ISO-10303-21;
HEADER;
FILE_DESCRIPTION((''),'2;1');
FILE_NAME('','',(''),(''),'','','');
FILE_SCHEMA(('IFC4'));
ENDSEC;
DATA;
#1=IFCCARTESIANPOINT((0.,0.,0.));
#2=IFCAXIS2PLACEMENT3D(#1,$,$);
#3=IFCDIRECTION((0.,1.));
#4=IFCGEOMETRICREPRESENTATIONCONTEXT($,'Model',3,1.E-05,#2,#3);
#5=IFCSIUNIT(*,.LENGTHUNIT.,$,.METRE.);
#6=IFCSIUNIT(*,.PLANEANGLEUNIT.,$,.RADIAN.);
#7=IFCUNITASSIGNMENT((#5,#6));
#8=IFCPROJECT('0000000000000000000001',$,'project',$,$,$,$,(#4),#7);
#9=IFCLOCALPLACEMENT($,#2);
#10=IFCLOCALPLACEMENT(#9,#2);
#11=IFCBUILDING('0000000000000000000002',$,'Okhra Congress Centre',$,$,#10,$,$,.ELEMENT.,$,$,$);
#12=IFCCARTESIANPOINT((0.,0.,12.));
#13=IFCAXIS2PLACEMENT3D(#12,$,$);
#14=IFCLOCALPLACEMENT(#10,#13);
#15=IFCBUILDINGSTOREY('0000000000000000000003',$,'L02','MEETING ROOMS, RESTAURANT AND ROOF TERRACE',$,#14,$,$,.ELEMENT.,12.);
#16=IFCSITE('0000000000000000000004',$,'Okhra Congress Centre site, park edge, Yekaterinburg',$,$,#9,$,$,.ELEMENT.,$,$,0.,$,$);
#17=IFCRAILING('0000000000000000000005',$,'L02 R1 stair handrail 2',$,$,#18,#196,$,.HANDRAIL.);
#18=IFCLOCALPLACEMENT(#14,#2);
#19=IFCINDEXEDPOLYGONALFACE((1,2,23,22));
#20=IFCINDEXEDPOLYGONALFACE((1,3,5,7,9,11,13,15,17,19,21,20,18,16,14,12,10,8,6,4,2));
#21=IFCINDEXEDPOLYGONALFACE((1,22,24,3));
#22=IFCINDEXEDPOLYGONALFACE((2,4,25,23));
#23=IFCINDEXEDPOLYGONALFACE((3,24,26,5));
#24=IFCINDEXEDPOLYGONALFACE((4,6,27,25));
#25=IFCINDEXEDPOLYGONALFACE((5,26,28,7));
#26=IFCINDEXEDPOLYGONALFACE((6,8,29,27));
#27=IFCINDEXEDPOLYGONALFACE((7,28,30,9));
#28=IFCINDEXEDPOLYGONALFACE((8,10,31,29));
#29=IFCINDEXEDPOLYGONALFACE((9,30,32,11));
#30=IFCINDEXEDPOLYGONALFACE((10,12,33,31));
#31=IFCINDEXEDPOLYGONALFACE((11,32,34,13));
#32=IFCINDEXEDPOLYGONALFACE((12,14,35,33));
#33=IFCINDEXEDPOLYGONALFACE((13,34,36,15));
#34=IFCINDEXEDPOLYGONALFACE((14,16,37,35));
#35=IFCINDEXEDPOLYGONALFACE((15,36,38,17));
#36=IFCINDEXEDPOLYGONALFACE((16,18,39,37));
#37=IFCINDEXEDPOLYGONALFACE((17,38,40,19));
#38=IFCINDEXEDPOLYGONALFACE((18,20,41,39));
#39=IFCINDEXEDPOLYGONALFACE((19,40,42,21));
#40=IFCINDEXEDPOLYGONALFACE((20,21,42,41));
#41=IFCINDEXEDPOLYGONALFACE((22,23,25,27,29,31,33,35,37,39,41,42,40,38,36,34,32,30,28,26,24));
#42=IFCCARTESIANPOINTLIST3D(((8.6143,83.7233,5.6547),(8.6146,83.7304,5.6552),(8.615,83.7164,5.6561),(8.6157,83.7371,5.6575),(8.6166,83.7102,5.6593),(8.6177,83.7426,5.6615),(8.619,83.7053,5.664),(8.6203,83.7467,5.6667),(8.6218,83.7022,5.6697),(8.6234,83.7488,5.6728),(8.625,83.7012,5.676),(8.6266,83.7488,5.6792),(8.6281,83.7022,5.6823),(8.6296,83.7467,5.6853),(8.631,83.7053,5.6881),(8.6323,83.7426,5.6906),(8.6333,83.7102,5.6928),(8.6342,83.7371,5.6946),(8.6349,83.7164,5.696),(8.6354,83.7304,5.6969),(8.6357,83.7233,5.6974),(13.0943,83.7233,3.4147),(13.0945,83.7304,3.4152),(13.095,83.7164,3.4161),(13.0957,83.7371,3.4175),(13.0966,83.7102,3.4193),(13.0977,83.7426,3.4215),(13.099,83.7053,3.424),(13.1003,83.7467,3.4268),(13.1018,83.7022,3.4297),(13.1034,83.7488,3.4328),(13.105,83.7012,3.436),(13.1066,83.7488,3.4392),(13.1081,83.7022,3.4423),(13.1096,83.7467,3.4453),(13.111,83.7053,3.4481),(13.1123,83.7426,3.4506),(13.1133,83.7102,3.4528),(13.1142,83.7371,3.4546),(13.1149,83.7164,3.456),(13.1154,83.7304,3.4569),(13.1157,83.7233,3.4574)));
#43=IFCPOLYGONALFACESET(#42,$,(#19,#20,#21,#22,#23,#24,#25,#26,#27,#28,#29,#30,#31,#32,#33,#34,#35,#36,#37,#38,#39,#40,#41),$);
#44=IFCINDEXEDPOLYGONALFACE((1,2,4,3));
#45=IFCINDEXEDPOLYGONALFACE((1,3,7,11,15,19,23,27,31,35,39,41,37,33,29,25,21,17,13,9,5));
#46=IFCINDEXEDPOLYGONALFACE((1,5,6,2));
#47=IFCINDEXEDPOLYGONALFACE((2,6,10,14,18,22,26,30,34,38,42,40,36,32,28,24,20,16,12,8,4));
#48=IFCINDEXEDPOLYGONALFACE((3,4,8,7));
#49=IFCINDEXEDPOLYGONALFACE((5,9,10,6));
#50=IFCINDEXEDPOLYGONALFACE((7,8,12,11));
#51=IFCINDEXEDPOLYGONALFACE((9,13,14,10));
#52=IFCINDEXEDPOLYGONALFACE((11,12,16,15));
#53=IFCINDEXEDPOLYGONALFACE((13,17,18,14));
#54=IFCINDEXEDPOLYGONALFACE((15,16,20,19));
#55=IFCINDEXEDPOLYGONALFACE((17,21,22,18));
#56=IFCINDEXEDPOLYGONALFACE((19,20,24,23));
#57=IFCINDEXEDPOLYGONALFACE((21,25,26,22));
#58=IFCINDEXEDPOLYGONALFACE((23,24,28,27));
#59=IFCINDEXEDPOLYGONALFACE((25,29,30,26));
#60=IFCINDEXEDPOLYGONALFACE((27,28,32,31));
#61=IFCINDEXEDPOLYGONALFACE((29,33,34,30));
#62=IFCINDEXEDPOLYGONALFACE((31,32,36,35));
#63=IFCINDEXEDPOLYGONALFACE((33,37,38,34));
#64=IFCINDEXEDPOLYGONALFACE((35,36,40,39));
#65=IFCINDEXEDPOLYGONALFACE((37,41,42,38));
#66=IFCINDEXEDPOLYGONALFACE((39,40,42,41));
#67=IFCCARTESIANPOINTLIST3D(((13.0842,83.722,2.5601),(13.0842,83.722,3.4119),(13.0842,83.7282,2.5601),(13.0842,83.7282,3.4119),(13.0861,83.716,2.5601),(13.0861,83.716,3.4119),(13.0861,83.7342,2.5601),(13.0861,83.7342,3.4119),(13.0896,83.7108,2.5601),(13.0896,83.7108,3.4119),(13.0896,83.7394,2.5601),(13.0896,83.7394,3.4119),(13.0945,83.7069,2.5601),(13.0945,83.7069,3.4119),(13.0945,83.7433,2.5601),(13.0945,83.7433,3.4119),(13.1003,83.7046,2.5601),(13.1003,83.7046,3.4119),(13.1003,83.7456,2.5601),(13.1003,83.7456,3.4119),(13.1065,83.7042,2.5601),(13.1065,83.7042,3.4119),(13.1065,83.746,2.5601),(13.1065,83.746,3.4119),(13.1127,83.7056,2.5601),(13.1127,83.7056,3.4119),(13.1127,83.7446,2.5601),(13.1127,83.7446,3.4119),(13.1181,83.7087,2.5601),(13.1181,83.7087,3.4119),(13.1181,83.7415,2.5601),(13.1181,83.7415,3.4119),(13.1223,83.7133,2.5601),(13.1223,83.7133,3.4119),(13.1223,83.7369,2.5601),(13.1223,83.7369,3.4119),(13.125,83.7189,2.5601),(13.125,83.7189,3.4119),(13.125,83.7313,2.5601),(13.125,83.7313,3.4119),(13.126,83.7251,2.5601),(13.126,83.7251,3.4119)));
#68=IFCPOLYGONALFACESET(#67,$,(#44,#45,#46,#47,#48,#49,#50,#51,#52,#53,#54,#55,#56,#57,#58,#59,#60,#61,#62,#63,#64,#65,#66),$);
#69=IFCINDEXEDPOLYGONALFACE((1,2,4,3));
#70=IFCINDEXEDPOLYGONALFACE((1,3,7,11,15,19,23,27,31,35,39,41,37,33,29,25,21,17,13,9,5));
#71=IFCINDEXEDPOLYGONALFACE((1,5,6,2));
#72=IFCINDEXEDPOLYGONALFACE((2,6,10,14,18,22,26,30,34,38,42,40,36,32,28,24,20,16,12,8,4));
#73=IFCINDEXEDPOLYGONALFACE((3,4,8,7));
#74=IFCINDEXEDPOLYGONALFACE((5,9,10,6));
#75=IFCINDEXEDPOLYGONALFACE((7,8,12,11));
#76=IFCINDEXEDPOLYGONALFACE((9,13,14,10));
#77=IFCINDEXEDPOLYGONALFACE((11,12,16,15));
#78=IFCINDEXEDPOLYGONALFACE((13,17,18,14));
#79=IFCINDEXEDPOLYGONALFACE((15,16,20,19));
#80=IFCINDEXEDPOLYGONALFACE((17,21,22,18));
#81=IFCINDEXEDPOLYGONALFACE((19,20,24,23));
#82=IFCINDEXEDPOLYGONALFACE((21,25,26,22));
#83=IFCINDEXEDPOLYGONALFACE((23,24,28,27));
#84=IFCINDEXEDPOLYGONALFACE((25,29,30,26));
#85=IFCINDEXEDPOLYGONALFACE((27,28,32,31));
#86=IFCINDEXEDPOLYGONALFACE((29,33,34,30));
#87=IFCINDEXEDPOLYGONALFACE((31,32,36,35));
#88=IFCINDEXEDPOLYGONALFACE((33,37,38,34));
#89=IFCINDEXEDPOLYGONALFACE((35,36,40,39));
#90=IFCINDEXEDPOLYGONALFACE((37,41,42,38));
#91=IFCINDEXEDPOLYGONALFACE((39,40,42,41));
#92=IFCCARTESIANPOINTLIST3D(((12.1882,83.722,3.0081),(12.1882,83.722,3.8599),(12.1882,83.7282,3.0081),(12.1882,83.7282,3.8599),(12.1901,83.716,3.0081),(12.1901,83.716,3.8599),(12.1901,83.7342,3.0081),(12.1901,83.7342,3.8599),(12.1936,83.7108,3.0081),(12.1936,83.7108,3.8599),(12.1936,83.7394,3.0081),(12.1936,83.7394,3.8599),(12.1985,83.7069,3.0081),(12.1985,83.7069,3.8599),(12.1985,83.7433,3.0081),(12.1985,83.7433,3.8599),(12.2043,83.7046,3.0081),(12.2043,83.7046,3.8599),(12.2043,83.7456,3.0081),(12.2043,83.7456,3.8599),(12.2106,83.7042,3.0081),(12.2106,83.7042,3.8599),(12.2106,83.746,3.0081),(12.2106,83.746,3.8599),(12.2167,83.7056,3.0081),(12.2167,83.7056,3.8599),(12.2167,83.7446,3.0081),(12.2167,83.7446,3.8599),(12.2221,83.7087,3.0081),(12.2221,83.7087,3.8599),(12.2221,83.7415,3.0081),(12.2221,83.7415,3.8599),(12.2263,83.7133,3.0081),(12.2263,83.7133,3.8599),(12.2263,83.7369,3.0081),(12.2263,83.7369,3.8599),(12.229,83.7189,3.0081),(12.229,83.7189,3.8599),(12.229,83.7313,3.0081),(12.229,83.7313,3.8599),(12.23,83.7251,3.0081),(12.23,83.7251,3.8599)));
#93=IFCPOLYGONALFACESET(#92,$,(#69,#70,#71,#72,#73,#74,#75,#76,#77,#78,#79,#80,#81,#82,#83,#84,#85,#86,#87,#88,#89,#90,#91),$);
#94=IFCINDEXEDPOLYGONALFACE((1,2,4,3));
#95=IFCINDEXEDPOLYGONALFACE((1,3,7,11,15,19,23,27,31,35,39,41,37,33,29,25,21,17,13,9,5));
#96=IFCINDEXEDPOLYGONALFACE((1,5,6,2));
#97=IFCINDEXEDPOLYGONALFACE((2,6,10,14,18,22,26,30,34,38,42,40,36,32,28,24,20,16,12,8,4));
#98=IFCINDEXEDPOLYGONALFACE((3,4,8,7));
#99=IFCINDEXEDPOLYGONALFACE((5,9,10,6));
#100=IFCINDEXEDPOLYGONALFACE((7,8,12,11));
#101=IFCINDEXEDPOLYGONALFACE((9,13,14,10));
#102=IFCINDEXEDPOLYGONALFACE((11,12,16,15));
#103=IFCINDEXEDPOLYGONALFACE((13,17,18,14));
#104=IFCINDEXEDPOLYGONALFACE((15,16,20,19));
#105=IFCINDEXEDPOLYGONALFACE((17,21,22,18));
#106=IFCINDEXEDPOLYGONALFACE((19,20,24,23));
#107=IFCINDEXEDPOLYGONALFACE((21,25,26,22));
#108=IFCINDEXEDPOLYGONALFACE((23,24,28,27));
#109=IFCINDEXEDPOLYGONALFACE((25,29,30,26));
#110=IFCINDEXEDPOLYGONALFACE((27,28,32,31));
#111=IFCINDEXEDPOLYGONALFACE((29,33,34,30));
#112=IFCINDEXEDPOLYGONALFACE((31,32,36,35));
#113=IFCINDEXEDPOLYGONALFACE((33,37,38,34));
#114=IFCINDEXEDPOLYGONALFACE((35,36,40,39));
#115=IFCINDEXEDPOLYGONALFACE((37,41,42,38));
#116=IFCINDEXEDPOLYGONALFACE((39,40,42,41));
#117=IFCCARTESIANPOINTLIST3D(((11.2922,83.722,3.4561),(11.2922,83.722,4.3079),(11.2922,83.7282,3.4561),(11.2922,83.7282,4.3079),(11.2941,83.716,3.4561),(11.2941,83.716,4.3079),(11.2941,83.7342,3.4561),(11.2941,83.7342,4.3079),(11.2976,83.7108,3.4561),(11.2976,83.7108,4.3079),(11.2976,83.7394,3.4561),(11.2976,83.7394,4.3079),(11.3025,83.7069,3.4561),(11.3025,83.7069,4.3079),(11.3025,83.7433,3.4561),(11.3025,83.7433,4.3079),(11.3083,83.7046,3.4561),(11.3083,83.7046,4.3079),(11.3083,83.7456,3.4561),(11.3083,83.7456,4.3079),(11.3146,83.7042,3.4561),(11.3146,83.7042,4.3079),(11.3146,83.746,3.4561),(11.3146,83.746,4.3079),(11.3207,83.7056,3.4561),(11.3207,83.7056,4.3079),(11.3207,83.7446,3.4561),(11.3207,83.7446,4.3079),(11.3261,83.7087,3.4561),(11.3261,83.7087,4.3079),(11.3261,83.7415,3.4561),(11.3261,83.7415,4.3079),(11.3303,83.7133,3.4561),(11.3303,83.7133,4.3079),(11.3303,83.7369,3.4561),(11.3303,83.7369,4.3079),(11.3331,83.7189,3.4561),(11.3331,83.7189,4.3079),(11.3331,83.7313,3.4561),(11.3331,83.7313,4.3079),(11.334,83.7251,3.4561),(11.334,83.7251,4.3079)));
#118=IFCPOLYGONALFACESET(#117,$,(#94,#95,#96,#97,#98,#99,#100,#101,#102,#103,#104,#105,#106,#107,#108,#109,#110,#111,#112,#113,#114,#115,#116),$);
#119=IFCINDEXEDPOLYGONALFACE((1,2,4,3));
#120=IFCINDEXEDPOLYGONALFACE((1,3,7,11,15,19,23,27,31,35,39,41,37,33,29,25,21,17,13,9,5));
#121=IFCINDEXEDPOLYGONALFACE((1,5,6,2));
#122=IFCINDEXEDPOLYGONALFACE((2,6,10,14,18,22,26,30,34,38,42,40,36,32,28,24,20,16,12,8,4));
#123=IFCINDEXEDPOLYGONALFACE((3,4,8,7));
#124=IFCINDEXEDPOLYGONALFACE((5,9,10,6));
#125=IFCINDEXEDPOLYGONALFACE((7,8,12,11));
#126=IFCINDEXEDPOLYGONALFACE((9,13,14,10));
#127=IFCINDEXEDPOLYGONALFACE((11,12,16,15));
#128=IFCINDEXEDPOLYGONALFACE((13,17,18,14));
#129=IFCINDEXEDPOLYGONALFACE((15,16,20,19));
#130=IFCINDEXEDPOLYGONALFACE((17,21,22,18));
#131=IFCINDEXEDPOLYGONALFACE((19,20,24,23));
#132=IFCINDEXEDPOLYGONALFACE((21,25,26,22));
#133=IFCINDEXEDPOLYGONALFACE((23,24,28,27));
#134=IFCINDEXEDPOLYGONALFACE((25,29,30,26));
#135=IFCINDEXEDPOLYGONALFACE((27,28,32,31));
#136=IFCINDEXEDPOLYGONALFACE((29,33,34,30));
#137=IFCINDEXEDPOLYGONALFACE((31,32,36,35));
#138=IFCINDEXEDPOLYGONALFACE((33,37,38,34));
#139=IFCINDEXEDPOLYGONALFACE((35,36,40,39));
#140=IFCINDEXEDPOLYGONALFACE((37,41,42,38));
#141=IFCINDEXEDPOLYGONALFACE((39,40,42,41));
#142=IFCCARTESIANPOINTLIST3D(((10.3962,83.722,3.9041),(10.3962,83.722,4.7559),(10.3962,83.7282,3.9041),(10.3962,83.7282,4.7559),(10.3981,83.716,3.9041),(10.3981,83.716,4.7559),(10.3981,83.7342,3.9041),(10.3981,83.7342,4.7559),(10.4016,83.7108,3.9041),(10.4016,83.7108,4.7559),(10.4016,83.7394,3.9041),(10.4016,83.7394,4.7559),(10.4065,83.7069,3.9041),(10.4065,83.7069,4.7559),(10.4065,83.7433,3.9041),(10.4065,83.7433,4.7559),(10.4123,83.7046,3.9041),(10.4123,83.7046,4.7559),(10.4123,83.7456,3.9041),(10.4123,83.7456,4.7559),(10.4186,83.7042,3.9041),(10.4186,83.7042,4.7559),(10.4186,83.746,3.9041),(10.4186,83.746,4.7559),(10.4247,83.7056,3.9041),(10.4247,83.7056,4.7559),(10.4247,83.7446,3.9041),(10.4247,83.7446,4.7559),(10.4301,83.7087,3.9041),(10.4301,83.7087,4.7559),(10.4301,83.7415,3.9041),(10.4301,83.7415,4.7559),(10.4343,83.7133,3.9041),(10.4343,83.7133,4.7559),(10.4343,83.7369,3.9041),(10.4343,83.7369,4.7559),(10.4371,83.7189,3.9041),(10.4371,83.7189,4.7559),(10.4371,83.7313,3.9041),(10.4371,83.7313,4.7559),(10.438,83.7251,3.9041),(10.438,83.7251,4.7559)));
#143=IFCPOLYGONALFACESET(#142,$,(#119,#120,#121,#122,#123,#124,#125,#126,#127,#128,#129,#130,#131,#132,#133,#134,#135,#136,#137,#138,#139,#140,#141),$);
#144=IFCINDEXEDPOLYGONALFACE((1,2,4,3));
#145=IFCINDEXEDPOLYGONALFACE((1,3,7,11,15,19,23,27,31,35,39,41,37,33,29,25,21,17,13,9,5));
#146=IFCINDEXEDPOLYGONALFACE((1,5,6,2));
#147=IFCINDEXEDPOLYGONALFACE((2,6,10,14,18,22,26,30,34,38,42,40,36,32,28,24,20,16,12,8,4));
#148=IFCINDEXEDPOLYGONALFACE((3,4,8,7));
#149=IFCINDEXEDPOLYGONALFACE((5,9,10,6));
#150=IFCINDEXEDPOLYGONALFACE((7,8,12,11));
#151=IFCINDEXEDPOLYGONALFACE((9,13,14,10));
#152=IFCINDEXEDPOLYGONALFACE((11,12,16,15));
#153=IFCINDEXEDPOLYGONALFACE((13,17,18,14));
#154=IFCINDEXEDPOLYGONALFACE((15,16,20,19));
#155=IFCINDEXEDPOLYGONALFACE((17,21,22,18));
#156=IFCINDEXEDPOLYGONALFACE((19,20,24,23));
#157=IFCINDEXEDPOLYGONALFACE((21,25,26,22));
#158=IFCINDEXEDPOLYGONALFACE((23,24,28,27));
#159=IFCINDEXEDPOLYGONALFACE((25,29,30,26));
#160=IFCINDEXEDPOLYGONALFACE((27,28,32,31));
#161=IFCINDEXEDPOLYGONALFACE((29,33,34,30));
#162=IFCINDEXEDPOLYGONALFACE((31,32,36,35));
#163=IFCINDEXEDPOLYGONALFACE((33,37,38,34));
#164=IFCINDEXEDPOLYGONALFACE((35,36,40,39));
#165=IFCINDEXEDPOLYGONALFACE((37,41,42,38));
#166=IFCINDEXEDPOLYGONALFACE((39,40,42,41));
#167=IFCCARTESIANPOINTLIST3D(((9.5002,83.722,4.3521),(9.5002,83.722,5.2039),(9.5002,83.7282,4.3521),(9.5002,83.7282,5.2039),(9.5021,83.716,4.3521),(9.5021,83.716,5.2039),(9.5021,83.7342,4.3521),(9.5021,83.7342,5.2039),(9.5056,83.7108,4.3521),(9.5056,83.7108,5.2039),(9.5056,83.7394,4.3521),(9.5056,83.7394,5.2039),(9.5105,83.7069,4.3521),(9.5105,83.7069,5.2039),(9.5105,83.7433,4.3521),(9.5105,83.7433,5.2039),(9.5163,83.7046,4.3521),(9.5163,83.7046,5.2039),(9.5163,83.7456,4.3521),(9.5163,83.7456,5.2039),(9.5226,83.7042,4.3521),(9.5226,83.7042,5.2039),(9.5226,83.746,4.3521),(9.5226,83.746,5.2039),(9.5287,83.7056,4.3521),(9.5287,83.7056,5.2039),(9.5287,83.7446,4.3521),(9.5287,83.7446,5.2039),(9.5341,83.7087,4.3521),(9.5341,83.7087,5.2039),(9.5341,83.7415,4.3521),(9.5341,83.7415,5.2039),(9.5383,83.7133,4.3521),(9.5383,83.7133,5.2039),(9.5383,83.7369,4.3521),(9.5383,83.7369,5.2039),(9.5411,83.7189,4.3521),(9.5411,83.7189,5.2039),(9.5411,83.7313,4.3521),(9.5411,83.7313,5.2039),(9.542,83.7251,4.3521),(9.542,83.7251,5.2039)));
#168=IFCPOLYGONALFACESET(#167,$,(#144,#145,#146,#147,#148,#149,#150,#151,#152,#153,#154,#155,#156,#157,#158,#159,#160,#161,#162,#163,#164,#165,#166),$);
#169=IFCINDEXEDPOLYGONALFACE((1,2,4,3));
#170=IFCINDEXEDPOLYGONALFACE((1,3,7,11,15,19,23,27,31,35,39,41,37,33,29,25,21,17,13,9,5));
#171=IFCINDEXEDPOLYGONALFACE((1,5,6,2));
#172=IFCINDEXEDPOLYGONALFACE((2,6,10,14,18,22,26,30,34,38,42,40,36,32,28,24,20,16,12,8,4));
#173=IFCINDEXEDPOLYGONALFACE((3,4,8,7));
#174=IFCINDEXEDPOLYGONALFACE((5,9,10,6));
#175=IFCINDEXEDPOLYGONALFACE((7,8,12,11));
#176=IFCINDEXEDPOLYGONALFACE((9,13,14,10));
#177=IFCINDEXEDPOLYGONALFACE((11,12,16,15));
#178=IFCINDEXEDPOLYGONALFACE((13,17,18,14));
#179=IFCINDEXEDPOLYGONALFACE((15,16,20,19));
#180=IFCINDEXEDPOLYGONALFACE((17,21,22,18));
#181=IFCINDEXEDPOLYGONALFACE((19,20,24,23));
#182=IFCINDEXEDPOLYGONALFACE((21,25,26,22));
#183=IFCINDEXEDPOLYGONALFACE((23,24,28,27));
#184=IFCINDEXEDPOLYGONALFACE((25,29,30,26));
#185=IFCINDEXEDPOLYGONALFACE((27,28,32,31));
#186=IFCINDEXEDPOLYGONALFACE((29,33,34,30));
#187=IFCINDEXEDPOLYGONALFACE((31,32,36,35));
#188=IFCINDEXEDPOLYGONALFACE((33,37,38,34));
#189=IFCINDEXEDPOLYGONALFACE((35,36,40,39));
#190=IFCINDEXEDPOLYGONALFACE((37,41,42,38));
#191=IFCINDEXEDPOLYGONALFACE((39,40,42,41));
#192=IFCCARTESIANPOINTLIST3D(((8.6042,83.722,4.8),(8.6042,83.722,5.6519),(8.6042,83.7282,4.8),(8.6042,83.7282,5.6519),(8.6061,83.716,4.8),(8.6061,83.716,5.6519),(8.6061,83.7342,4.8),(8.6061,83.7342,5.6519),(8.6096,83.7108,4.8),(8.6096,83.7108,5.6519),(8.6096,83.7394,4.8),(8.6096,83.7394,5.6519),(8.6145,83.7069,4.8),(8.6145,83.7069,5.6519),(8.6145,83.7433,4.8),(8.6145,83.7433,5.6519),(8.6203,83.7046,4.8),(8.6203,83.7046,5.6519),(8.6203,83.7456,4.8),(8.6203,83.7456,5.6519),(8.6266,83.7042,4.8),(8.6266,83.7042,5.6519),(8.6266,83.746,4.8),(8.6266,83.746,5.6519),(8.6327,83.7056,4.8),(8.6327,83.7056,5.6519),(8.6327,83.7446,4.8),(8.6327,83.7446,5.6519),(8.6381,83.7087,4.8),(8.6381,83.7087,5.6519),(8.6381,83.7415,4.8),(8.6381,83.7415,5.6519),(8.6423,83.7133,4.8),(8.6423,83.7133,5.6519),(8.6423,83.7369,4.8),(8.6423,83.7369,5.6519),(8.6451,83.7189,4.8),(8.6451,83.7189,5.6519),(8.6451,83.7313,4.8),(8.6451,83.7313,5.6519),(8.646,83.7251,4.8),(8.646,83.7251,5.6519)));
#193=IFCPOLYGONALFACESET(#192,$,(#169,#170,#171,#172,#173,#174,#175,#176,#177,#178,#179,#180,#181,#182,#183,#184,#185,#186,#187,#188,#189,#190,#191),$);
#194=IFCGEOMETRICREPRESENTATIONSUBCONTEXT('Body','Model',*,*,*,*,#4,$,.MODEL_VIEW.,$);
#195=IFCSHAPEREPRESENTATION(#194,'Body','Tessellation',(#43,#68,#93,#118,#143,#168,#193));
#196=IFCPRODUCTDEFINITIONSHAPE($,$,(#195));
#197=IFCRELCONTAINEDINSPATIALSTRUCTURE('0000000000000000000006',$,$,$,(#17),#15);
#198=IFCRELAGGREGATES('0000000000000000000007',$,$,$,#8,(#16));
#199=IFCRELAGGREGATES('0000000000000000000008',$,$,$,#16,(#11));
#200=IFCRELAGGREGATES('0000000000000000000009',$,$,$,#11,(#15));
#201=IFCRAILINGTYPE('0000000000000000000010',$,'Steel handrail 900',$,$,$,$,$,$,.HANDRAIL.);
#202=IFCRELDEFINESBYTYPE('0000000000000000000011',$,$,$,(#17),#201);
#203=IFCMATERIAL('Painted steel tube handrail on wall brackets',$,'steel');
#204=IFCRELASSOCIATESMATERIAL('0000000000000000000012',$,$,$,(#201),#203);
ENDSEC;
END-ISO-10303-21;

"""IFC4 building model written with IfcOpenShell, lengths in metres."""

from ifc_helpers import new_model, si_unit, direction, frame, origin, origin_2d, place, context, subcontext, project, spatial, circle, extrude, material, type_object, element, save


model = new_model("IFC4")

# Units and contexts
model_context = context("Model", 3, precision=1e-05, world=origin(), true_north=direction((0.0, 1.0)))
body_context = subcontext(model_context, "Body", "Model", "MODEL_VIEW")
ifc_project = project(units=[si_unit("LENGTHUNIT", "METRE"), si_unit("PLANEANGLEUNIT", "RADIAN")], contexts=[model_context])

# Site, building, storey
site_placement = place(None, origin())
site = spatial("IfcSite", under=ifc_project, at=site_placement, Name="Okhra Congress Centre site, park edge, Yekaterinburg", CompositionType="ELEMENT", RefElevation=0.0)
building_placement = place(site_placement, origin())
building = spatial("IfcBuilding", under=site, at=building_placement, Name="Okhra Congress Centre", CompositionType="ELEMENT")
storey_placement = place(building_placement, frame((0.0, 0.0, 12.0)))
storey = spatial("IfcBuildingStorey", under=building, at=storey_placement, Name="L02", Description="MEETING ROOMS, RESTAURANT AND ROOF TERRACE", CompositionType="ELEMENT", Elevation=12.0)

# Railing
ifc_material_1 = material(Name="Painted steel tube handrail on wall brackets", Category="steel")
railing_type_1 = type_object("IfcRailingType", Name="Steel handrail 900", PredefinedType="HANDRAIL", material=ifc_material_1)
railing_1_placement = place(storey_placement, frame((13.105, 83.7251, 2.5601)))
element("IfcRailing", 1, at=railing_1_placement, inside=storey, type_object=railing_type_1, Name="L02 R1 stair handrail 2", PredefinedType="HANDRAIL", context=body_context, shape_type="SweptSolid", body=[
    extrude(circle(Radius=0.0239, at=origin_2d()), frame((0.0, 0.0, 0.876), z_axis=(-0.894427, 0.0, 0.447214), x_axis=(0.0, -1.0, 0.0)), (0.0, 0.0, 1.0), 5.0088),
    extrude(circle(Radius=0.021, at=origin_2d()), origin(), (0.0, 0.0, 1.0), 0.8518),
    extrude(circle(Radius=0.021, at=origin_2d()), frame((-0.896, 0.0, 0.448)), (0.0, 0.0, 1.0), 0.8518),
    extrude(circle(Radius=0.021, at=origin_2d()), frame((-1.792, 0.0, 0.896)), (0.0, 0.0, 1.0), 0.8518),
    extrude(circle(Radius=0.021, at=origin_2d()), frame((-2.688, 0.0, 1.344)), (0.0, 0.0, 1.0), 0.8518),
    extrude(circle(Radius=0.021, at=origin_2d()), frame((-3.584, 0.0, 1.792)), (0.0, 0.0, 1.0), 0.8518),
    extrude(circle(Radius=0.021, at=origin_2d()), frame((-4.48, 0.0, 2.24)), (0.0, 0.0, 1.0), 0.8518),
])

save(model, "model.ifc")
